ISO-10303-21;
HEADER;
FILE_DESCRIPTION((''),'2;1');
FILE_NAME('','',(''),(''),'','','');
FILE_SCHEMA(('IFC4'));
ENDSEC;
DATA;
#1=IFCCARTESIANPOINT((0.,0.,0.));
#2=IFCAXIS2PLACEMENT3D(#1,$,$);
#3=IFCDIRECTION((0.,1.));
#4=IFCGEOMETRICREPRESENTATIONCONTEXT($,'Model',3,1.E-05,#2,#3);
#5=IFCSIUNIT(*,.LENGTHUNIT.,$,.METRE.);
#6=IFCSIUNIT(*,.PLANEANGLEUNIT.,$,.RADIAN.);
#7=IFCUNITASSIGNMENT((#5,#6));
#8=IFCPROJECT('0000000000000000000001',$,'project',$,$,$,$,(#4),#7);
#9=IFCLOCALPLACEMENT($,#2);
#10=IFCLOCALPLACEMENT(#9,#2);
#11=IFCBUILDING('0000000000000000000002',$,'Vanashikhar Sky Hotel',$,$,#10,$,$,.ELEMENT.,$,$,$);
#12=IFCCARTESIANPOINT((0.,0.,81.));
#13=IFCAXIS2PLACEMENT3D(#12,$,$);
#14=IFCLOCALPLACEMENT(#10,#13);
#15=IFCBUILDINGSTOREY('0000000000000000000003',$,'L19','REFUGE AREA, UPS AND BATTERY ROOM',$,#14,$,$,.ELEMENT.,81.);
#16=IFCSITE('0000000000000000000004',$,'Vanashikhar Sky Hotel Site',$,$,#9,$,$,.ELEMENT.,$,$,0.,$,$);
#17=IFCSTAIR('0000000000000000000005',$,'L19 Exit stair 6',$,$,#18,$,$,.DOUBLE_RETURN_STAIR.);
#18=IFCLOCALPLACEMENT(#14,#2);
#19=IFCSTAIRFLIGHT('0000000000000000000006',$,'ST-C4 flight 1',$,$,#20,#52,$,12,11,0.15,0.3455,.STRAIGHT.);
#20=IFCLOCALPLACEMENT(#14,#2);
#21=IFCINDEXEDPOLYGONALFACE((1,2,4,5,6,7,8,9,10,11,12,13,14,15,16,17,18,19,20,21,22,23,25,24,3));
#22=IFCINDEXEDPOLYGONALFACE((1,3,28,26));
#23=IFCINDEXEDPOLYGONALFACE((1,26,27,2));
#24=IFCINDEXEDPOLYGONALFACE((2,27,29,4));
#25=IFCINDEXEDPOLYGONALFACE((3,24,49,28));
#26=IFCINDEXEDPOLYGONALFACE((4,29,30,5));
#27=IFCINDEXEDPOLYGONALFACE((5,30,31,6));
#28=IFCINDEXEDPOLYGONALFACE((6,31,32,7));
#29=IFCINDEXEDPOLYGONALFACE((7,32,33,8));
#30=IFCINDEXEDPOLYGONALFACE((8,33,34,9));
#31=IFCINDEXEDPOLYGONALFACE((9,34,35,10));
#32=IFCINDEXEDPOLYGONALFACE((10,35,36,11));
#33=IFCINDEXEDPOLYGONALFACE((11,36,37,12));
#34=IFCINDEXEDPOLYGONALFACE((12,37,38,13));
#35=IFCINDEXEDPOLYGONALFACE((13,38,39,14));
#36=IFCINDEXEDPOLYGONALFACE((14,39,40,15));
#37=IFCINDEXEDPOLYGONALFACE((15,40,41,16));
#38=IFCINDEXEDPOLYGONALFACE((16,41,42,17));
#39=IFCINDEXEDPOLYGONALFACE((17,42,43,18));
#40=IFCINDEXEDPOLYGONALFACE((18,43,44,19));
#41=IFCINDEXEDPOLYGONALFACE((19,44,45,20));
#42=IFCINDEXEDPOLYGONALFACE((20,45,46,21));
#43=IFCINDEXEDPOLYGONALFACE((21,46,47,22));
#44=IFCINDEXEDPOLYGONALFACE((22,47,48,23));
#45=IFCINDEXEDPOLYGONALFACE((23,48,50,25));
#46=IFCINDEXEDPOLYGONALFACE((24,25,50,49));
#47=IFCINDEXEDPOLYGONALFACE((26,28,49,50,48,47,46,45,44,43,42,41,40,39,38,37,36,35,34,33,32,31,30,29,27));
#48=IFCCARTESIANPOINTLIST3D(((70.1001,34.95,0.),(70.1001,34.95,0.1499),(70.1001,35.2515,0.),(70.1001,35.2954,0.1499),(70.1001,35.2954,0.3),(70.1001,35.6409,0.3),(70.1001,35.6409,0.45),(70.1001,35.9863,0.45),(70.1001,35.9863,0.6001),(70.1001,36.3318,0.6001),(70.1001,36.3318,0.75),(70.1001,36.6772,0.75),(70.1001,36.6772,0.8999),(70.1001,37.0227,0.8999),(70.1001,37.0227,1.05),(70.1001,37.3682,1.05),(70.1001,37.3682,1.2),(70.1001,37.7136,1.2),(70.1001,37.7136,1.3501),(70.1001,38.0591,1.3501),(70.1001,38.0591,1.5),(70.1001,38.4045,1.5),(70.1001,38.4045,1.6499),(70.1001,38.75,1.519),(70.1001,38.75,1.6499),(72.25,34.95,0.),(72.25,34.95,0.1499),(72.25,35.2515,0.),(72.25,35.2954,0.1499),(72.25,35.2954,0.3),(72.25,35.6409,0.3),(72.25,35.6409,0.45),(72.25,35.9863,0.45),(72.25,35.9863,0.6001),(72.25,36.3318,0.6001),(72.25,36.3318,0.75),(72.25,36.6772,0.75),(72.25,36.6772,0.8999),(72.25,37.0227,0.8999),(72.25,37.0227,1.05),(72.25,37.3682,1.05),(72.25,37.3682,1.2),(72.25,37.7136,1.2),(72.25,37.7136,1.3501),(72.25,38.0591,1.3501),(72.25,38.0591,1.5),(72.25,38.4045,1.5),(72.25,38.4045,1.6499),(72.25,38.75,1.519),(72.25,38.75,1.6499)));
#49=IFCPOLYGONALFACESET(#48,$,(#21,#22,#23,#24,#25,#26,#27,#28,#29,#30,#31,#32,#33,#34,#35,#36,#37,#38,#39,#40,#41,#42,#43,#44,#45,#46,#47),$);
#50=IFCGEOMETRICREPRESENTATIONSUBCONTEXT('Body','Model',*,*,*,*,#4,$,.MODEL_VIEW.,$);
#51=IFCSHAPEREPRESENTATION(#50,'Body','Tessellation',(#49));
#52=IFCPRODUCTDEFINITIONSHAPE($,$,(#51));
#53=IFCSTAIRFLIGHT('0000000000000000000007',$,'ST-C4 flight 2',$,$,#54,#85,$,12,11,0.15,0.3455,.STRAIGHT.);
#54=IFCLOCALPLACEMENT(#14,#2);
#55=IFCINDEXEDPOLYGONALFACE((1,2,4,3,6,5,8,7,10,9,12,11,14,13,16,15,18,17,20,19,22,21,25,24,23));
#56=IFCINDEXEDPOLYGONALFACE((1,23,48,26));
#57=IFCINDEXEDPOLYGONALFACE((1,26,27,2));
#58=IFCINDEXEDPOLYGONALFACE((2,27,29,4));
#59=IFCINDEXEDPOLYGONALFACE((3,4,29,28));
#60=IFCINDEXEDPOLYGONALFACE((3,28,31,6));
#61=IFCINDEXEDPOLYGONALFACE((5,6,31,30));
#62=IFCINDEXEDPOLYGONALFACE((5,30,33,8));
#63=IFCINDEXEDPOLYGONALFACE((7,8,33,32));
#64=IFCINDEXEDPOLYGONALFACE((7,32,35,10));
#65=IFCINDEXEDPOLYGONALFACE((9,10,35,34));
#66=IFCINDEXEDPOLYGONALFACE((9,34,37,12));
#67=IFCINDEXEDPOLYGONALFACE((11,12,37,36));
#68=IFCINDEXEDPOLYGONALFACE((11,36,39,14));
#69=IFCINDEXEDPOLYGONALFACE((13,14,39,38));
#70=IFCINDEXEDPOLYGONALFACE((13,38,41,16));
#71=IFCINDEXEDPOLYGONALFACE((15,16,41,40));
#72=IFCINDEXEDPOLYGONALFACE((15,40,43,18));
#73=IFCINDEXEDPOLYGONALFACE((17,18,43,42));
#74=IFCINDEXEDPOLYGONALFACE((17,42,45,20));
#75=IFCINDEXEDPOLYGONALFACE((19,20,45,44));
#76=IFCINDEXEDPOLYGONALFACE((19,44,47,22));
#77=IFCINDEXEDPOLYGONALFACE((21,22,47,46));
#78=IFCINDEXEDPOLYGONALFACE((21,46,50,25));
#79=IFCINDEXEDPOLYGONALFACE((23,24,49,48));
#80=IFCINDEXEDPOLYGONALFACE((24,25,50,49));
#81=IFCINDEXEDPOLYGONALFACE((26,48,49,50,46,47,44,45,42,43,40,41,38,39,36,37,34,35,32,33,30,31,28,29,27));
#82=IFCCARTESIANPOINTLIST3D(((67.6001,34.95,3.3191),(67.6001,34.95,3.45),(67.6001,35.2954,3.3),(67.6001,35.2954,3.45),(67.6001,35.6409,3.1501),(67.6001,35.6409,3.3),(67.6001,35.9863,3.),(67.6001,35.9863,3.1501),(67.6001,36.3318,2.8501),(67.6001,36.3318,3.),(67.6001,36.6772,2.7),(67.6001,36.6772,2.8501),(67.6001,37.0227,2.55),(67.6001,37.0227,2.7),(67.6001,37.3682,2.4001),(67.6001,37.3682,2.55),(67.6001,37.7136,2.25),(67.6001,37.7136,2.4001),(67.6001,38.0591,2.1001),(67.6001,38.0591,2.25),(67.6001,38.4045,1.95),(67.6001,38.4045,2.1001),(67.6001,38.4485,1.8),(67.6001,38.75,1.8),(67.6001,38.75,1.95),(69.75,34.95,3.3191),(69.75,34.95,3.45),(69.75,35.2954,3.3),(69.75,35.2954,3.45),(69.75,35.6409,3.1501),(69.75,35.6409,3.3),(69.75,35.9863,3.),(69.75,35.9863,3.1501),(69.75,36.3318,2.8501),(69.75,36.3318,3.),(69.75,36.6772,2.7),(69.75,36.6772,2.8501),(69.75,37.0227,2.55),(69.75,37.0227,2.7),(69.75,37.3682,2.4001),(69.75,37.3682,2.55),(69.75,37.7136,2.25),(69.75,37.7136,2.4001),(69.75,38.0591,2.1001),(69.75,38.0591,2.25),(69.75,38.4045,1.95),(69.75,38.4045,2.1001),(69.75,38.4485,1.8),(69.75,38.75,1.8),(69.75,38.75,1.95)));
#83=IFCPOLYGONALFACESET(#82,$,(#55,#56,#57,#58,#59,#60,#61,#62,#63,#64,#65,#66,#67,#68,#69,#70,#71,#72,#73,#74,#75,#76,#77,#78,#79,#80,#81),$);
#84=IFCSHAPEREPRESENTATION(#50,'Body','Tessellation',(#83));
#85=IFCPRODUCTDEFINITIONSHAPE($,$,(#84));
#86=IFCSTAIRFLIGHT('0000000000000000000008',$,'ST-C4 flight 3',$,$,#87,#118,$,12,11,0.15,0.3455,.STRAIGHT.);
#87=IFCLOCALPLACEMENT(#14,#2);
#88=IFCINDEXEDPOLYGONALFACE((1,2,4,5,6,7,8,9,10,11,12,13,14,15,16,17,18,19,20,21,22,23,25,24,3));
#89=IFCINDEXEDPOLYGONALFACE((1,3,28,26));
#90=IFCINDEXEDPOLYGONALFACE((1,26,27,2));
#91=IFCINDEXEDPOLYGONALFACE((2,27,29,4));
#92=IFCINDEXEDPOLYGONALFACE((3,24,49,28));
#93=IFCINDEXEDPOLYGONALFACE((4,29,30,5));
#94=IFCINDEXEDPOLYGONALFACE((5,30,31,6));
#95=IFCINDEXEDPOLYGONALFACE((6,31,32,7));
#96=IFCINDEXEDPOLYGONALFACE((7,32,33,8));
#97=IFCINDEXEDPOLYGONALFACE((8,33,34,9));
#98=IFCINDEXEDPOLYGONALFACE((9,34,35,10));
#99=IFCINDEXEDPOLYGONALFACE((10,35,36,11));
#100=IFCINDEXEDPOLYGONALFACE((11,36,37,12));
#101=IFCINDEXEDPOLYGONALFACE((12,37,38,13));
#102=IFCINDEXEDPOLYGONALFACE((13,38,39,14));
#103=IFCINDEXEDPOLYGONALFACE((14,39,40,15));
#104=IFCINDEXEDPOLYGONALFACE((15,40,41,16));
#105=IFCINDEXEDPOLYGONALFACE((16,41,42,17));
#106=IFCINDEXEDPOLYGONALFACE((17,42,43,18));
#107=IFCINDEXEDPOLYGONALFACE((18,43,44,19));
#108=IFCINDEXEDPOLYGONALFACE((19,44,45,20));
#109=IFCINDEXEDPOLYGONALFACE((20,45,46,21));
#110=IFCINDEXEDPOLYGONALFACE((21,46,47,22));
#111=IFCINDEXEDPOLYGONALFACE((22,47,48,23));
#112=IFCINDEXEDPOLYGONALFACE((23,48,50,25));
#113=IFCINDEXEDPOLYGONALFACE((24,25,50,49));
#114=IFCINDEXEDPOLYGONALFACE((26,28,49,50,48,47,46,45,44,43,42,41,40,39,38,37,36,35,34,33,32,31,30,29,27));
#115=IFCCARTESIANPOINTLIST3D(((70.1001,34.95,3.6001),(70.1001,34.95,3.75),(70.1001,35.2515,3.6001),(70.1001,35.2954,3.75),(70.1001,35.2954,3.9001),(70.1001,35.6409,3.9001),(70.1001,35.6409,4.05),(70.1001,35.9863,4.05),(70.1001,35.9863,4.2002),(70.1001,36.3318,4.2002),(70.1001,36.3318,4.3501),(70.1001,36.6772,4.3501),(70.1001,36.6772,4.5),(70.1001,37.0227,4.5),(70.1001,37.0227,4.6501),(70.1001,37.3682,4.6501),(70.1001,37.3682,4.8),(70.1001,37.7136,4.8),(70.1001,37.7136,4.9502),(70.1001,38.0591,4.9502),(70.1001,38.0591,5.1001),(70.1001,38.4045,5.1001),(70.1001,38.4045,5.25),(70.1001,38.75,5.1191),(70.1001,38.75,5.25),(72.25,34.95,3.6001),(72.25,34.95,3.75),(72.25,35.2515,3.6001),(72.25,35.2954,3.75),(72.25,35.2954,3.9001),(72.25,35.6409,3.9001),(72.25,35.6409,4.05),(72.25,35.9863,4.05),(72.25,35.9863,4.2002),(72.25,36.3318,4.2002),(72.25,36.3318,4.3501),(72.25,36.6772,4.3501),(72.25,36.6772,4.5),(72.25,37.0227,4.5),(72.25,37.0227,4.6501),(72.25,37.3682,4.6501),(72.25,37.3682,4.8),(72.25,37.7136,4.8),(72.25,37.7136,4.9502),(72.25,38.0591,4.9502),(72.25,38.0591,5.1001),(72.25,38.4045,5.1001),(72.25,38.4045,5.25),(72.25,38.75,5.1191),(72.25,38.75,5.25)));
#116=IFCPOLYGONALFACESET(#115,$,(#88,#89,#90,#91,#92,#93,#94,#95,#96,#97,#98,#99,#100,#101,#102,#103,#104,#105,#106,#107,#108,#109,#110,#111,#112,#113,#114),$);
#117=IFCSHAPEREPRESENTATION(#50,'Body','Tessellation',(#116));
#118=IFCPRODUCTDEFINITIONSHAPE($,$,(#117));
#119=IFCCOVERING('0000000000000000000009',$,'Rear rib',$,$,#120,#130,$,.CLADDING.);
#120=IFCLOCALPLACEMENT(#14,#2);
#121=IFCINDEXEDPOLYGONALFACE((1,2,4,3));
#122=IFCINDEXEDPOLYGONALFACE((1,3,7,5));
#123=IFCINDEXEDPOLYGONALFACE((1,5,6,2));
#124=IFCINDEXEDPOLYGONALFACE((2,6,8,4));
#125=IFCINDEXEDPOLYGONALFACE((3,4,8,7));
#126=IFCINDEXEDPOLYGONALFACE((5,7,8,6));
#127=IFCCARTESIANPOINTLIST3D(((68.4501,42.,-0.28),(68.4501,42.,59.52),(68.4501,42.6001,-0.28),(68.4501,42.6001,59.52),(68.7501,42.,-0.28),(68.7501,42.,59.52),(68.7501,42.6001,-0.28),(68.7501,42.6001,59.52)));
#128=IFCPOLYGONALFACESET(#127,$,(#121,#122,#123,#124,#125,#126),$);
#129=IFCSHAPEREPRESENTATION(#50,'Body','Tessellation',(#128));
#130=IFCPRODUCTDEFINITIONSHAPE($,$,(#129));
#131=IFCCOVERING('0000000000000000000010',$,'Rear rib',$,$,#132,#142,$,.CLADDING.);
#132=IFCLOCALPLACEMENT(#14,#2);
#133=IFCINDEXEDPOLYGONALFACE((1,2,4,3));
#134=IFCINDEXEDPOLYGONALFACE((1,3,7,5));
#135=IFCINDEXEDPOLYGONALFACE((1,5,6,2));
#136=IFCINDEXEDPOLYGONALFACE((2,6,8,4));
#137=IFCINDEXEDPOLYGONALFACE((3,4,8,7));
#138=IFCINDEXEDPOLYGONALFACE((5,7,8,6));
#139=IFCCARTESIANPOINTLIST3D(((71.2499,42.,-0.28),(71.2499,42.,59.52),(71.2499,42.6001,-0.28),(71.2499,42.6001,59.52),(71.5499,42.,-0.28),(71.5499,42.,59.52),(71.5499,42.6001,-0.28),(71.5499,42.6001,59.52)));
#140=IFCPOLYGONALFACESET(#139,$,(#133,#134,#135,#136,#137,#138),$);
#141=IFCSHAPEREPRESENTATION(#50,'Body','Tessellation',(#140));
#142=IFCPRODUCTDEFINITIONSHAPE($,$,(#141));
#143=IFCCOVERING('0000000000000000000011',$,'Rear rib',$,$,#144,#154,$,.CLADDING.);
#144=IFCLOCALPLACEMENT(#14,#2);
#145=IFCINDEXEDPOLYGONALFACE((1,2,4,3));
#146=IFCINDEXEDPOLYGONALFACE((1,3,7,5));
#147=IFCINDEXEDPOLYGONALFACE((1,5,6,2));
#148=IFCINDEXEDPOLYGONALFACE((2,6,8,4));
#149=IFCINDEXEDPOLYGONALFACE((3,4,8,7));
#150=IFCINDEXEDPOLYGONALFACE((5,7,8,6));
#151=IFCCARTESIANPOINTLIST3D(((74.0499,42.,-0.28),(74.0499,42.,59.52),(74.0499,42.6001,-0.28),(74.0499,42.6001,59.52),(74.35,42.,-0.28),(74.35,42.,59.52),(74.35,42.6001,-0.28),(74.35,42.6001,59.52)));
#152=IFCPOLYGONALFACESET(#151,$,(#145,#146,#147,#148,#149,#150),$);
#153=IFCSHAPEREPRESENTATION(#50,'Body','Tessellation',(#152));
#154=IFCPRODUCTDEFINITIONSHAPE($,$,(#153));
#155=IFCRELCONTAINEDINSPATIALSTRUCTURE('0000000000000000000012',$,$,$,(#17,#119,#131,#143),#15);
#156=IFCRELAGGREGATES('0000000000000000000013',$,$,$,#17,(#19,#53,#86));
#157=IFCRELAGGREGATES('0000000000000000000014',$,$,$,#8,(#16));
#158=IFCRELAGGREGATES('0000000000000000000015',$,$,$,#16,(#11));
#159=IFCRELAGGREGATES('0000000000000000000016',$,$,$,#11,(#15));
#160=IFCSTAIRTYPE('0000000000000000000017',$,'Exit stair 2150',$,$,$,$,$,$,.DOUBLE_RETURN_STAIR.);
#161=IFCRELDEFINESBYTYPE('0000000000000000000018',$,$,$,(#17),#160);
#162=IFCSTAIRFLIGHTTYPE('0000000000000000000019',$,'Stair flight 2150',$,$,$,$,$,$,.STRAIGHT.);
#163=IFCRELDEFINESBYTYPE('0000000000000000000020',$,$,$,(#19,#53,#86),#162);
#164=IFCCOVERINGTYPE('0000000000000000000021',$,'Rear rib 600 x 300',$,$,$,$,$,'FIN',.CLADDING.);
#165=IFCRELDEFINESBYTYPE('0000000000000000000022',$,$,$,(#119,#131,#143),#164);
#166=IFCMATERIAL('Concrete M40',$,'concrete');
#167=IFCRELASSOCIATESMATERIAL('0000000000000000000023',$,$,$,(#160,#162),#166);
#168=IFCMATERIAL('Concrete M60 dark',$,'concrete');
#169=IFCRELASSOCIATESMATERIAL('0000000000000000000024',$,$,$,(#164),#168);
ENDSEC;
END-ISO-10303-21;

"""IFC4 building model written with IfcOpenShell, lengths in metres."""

from ifc_helpers import new_model, si_unit, direction, frame, origin, origin_2d, place, context, subcontext, project, spatial, polyline, rectangle, outline, extrude, source, transform, mapped, material, material_profile, profile_set, type_object, element, aggregate, save


model = new_model("IFC4")

# Units and contexts
model_context = context("Model", 3, precision=1e-05, world=origin(), true_north=direction((0.0, 1.0)))
body_context = subcontext(model_context, "Body", "Model", "MODEL_VIEW")
ifc_project = project(units=[si_unit("LENGTHUNIT", "METRE"), si_unit("PLANEANGLEUNIT", "RADIAN")], contexts=[model_context])

# Site, building, storey
site_placement = place(None, origin())
site = spatial("IfcSite", under=ifc_project, at=site_placement, Name="Vanashikhar Sky Hotel Site", CompositionType="ELEMENT", RefElevation=0.0)
building_placement = place(site_placement, origin())
building = spatial("IfcBuilding", under=site, at=building_placement, Name="Vanashikhar Sky Hotel", CompositionType="ELEMENT")
storey_placement = place(building_placement, frame((0.0, 0.0, 81.0)))
storey = spatial("IfcBuildingStorey", under=building, at=storey_placement, Name="L19", Description="REFUGE AREA, UPS AND BATTERY ROOM", CompositionType="ELEMENT", Elevation=81.0)

# Shared definitions
ifc_material_1 = material(Name="Concrete M40", Category="concrete")

# Stair, stair flights
stair_type = type_object("IfcStairType", Name="Exit stair 2150", PredefinedType="DOUBLE_RETURN_STAIR", material=ifc_material_1)
stair_flight_type = type_object("IfcStairFlightType", Name="Stair flight 2150", PredefinedType="STRAIGHT", material=ifc_material_1)
shared_shape_1 = source(origin(), body_context, "Body", "SweptSolid", [
    extrude(outline(polyline([(0.0, 0.0), (0.0, 0.1499), (0.3455, 0.1499), (0.3455, 0.3), (0.6909, 0.3), (0.6909, 0.45), (1.0364, 0.45), (1.0364, 0.6001), (1.3818, 0.6001), (1.3818, 0.75), (1.7273, 0.75), (1.7273, 0.8999), (2.0728, 0.8999), (2.0728, 1.05), (2.4182, 1.05), (2.4182, 1.2), (2.7637, 1.2), (2.7637, 1.3501), (3.1091, 1.3501), (3.1091, 1.5), (3.4546, 1.5), (3.4546, 1.6499), (3.8, 1.6499), (3.8, 1.8), (3.8, 1.519), (0.3015, 0.0), (0.0, 0.0)])), frame((0.0, 1.075, 0.0), z_axis=(0.0, -1.0, 0.0), x_axis=(1.0, 0.0, 0.0)), (0.0, 0.0, 1.0), 2.1499),
])
stair_1_placement = place(storey_placement, origin())
stair_1 = element("IfcStair", 1, at=stair_1_placement, inside=storey, type_object=stair_type, Name="L19 Exit stair 6", PredefinedType="DOUBLE_RETURN_STAIR")
stair_flight_1_placement = place(storey_placement, frame((71.175, 34.95, 0.0), z_axis=(0.0, 0.0, 1.0), x_axis=(0.0, 1.0, 0.0)))
stair_flight_1 = element("IfcStairFlight", 2, at=stair_flight_1_placement, type_object=stair_flight_type, Name="ST-C4 flight 1", NumberOfRisers=12, NumberOfTreads=11, PredefinedType="STRAIGHT", RiserHeight=0.15, TreadLength=0.3455, context=body_context, shape_type="MappedRepresentation", body=[
    mapped(shared_shape_1, transform((0.0, 0.0, 0.0), scale=1.0)),
])
stair_flight_2_placement = place(storey_placement, frame((68.675, 38.75, 1.8), z_axis=(0.0, 0.0, 1.0), x_axis=(0.0, -1.0, 0.0)))
stair_flight_2 = element("IfcStairFlight", 3, at=stair_flight_2_placement, type_object=stair_flight_type, Name="ST-C4 flight 2", NumberOfRisers=12, NumberOfTreads=11, PredefinedType="STRAIGHT", RiserHeight=0.15, TreadLength=0.3455, context=body_context, shape_type="MappedRepresentation", body=[
    mapped(shared_shape_1, transform((0.0, 0.0, 0.0), scale=1.0)),
])
stair_flight_3_placement = place(storey_placement, frame((71.175, 34.95, 3.6001), z_axis=(0.0, 0.0, 1.0), x_axis=(0.0, 1.0, 0.0)))
stair_flight_3 = element("IfcStairFlight", 4, at=stair_flight_3_placement, type_object=stair_flight_type, Name="ST-C4 flight 3", NumberOfRisers=12, NumberOfTreads=11, PredefinedType="STRAIGHT", RiserHeight=0.15, TreadLength=0.3455, context=body_context, shape_type="MappedRepresentation", body=[
    mapped(shared_shape_1, transform((0.0, 0.0, 0.0), scale=1.0)),
])
aggregate(stair_1, [stair_flight_1, stair_flight_2, stair_flight_3])

# Coverings
ifc_material_2 = material(Name="Concrete M60 dark", Category="concrete")
ifc_material_profile = material_profile(ifc_material_2, rectangle(XDim=0.6001, YDim=0.3, at=origin_2d()))
ifc_profile_set = profile_set([ifc_material_profile], Name="Rear rib 600 x 300")
covering_type = type_object("IfcCoveringType", Name="Rear rib 600 x 300", ElementType="FIN", PredefinedType="CLADDING", material=ifc_profile_set)
shared_shape_2 = source(origin(), body_context, "Body", "SweptSolid", [
    extrude(rectangle(XDim=0.6001, YDim=0.3, at=origin_2d()), origin(), (0.0, 0.0, 1.0), 59.8),
])
for number, where, z_axis, x_axis, name in (
    (5, (68.6001, 42.3, -0.28), (0.0, 0.0, 1.0), (0.0, 1.0, 0.0), "Rear rib"),
    (6, (71.3999, 42.3, -0.28), (0.0, 0.0, 1.0), (0.0, 1.0, 0.0), "Rear rib"),
    (7, (74.2, 42.3, -0.28), (0.0, 0.0, 1.0), (0.0, 1.0, 0.0), "Rear rib"),
):
    element("IfcCovering", number, at=place(storey_placement, frame(where, z_axis=z_axis, x_axis=x_axis)), inside=storey, type_object=covering_type, Name=name, PredefinedType="CLADDING", context=body_context, shape_type="MappedRepresentation", body=[
        mapped(shared_shape_2, transform((0.0, 0.0, 0.0), scale=1.0)),
    ])

save(model, "model.ifc")
